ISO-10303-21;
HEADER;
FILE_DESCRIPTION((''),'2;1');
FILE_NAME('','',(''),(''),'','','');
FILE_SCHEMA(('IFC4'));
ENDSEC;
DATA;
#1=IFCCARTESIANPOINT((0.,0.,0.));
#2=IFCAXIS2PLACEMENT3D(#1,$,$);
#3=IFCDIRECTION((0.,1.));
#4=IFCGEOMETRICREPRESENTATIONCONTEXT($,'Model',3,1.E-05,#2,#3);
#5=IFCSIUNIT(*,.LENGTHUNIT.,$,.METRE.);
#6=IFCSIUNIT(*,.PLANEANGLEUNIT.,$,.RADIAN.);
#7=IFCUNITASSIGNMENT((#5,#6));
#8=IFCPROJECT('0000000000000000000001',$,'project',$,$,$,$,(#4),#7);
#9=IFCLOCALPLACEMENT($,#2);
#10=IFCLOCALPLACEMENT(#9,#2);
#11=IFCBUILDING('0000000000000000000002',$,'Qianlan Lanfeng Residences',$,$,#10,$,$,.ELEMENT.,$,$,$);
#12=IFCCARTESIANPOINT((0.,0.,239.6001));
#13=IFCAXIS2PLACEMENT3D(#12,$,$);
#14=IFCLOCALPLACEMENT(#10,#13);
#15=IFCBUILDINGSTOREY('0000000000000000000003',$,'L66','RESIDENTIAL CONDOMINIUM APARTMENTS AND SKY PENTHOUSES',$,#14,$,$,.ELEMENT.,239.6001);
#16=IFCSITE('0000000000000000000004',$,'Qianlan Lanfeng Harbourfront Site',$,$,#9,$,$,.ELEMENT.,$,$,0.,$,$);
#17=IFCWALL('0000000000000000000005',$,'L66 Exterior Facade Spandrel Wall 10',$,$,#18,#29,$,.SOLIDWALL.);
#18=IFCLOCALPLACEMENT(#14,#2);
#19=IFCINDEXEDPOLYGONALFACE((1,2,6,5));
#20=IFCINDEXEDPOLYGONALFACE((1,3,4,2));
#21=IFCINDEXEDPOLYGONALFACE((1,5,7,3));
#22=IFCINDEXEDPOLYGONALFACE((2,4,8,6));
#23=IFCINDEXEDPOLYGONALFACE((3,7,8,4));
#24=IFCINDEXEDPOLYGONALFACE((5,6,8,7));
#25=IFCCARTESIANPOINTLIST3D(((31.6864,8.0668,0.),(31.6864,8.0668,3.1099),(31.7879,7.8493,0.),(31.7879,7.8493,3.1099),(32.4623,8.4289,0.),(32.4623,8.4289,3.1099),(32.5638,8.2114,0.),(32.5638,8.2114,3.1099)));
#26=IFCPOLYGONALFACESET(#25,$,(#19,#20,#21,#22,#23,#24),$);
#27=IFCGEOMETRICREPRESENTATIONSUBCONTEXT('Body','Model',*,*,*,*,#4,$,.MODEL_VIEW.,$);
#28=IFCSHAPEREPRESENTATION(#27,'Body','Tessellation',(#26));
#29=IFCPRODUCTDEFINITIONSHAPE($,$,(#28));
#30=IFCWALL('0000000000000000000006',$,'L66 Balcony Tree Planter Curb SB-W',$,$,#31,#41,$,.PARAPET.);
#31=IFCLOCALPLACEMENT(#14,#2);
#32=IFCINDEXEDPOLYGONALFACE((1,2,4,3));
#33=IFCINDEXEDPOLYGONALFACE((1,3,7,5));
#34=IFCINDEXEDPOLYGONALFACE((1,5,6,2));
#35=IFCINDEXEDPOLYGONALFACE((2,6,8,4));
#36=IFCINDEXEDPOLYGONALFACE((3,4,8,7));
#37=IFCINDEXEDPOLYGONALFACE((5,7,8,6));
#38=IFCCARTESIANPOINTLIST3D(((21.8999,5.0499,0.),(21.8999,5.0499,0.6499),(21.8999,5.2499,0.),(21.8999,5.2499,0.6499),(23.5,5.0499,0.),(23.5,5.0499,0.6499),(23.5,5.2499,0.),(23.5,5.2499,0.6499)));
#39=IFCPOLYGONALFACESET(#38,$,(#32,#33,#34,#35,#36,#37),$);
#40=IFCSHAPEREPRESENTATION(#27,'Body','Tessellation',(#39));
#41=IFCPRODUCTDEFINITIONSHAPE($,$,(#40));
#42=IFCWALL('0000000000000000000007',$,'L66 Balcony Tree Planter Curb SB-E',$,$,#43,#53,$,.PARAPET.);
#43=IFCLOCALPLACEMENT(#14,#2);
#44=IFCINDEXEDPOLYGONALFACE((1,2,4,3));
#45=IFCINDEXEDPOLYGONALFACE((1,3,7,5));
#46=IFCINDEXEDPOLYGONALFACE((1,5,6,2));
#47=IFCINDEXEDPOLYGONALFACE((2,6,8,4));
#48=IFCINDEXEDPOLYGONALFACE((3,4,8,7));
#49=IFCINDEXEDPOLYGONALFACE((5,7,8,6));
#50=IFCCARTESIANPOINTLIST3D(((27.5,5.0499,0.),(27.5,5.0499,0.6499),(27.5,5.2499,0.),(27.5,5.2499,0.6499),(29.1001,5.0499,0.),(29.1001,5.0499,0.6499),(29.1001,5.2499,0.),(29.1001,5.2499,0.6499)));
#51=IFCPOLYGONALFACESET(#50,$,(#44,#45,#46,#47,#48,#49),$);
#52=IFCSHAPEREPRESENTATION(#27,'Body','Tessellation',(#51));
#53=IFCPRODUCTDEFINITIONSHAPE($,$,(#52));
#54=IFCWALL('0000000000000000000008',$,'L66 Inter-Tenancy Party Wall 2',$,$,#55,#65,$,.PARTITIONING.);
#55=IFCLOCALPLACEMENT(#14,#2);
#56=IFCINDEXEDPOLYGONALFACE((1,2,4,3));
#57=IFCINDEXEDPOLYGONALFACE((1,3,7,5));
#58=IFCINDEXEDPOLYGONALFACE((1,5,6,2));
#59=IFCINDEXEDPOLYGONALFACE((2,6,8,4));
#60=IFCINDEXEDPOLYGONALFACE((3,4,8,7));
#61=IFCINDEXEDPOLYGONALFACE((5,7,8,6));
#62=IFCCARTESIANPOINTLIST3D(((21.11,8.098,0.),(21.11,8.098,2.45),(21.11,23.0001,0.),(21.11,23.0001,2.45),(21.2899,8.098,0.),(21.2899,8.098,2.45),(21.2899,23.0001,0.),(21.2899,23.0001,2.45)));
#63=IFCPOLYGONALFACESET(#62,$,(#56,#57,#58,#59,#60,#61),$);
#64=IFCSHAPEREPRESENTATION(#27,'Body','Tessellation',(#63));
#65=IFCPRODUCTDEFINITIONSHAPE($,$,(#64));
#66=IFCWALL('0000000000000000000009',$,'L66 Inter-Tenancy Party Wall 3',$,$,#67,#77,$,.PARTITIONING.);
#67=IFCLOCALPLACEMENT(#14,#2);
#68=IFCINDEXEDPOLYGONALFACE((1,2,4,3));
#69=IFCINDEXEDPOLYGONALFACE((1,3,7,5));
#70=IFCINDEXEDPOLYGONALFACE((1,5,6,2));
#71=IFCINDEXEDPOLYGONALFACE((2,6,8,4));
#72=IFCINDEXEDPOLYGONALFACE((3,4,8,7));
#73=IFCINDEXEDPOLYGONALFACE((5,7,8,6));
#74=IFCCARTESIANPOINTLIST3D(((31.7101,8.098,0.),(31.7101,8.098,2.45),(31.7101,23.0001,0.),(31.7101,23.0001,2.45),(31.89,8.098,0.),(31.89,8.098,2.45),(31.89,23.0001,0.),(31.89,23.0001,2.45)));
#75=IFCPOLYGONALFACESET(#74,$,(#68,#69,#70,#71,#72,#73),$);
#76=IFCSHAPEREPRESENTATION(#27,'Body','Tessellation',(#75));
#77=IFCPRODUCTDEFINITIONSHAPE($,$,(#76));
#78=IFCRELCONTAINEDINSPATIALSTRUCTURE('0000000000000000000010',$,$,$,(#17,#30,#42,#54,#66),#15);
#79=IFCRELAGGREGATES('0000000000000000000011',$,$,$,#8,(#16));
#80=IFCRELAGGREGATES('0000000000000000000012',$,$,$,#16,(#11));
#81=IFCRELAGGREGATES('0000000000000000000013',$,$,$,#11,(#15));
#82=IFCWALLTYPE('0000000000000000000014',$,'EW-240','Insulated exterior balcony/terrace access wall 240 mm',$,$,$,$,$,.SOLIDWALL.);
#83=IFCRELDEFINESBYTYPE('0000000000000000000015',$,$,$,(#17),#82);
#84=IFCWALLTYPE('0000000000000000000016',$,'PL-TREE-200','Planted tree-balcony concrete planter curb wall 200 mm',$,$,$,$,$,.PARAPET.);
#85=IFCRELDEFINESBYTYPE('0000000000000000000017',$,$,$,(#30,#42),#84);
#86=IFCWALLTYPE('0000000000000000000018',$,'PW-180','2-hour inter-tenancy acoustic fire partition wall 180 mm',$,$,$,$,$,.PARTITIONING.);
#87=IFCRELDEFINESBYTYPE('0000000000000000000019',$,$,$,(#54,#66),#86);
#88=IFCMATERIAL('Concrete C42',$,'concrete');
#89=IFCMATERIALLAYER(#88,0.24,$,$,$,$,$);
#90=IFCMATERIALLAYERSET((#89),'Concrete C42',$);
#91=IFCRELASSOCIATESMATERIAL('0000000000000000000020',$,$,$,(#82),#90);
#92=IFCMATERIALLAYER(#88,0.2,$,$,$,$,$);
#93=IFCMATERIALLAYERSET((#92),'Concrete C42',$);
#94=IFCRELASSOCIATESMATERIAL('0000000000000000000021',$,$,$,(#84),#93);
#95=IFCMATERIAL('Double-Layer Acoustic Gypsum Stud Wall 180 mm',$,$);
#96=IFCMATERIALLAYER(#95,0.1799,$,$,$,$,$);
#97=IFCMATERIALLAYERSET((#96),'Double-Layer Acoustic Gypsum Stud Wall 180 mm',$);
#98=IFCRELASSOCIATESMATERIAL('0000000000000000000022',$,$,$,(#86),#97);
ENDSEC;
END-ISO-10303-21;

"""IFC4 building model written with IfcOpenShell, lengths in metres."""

from ifc_helpers import new_model, si_unit, direction, frame, frame_2d, origin, place, context, subcontext, project, spatial, rectangle, extrude, material, layer, layer_set, type_object, element, save


model = new_model("IFC4")

# Units and contexts
model_context = context("Model", 3, precision=1e-05, world=origin(), true_north=direction((0.0, 1.0)))
body_context = subcontext(model_context, "Body", "Model", "MODEL_VIEW")
ifc_project = project(units=[si_unit("LENGTHUNIT", "METRE"), si_unit("PLANEANGLEUNIT", "RADIAN")], contexts=[model_context])

# Site, building, storey
site_placement = place(None, origin())
site = spatial("IfcSite", under=ifc_project, at=site_placement, Name="Qianlan Lanfeng Harbourfront Site", CompositionType="ELEMENT", RefElevation=0.0)
building_placement = place(site_placement, origin())
building = spatial("IfcBuilding", under=site, at=building_placement, Name="Qianlan Lanfeng Residences", CompositionType="ELEMENT")
storey_placement = place(building_placement, frame((0.0, 0.0, 239.6001)))
storey = spatial("IfcBuildingStorey", under=building, at=storey_placement, Name="L66", Description="RESIDENTIAL CONDOMINIUM APARTMENTS AND SKY PENTHOUSES", CompositionType="ELEMENT", Elevation=239.6001)

# Shared definitions
ifc_material_1 = material(Name="Concrete C42", Category="concrete")
ifc_layer_1 = layer(ifc_material_1, 0.24)
ifc_layer_set_1 = layer_set([ifc_layer_1], Name="Concrete C42")
wall_type_1 = type_object("IfcWallType", Name="EW-240", Description="Insulated exterior balcony/terrace access wall 240 mm", PredefinedType="SOLIDWALL", material=ifc_layer_set_1)

# Walls
wall_1_placement = place(storey_placement, frame((31.7371, 7.958, 0.0), z_axis=(0.0, 0.0, 1.0), x_axis=(0.90619, 0.42287, 0.0)))
element("IfcWall", 1, at=wall_1_placement, inside=storey, type_object=wall_type_1, Name="L66 Exterior Facade Spandrel Wall 10", PredefinedType="SOLIDWALL", context=body_context, shape_type="SweptSolid", body=[
    extrude(rectangle(XDim=0.8562, YDim=0.24, at=frame_2d((0.4282, 0.0))), origin(), (0.0, 0.0, 1.0), 3.1099),
])
ifc_layer_2 = layer(ifc_material_1, 0.2)
ifc_layer_set_2 = layer_set([ifc_layer_2], Name="Concrete C42")
wall_type_2 = type_object("IfcWallType", Name="PL-TREE-200", Description="Planted tree-balcony concrete planter curb wall 200 mm", PredefinedType="PARAPET", material=ifc_layer_set_2)
for number, where, z_axis, x_axis, name in (
    (2, (21.8999, 5.1499, 0.0), (0.0, 0.0, 1.0), (1.0, 0.0, 0.0), "L66 Balcony Tree Planter Curb SB-W"),
    (3, (27.5, 5.1499, 0.0), (0.0, 0.0, 1.0), (1.0, 0.0, 0.0), "L66 Balcony Tree Planter Curb SB-E"),
):
    element("IfcWall", number, at=place(storey_placement, frame(where, z_axis=z_axis, x_axis=x_axis)), inside=storey, type_object=wall_type_2, Name=name, PredefinedType="PARAPET", context=body_context, shape_type="SweptSolid", body=[
        extrude(rectangle(XDim=1.6001, YDim=0.2, at=frame_2d((0.8, 0.0))), origin(), (0.0, 0.0, 1.0), 0.6499),
    ])
ifc_material_2 = material(Name="Double-Layer Acoustic Gypsum Stud Wall 180 mm")
ifc_layer_3 = layer(ifc_material_2, 0.1799)
ifc_layer_set_3 = layer_set([ifc_layer_3], Name="Double-Layer Acoustic Gypsum Stud Wall 180 mm")
wall_type_3 = type_object("IfcWallType", Name="PW-180", Description="2-hour inter-tenancy acoustic fire partition wall 180 mm", PredefinedType="PARTITIONING", material=ifc_layer_set_3)
for number, where, z_axis, x_axis, name in (
    (4, (21.2, 8.0979, 0.0), (0.0, 0.0, 1.0), (0.0, 1.0, 0.0), "L66 Inter-Tenancy Party Wall 2"),
    (5, (31.8, 8.0979, 0.0), (0.0, 0.0, 1.0), (0.0, 1.0, 0.0), "L66 Inter-Tenancy Party Wall 3"),
):
    element("IfcWall", number, at=place(storey_placement, frame(where, z_axis=z_axis, x_axis=x_axis)), inside=storey, type_object=wall_type_3, Name=name, PredefinedType="PARTITIONING", context=body_context, shape_type="SweptSolid", body=[
        extrude(rectangle(XDim=14.9021, YDim=0.1799, at=frame_2d((7.4512, 0.0))), origin(), (0.0, 0.0, 1.0), 2.45),
    ])

save(model, "model.ifc")
